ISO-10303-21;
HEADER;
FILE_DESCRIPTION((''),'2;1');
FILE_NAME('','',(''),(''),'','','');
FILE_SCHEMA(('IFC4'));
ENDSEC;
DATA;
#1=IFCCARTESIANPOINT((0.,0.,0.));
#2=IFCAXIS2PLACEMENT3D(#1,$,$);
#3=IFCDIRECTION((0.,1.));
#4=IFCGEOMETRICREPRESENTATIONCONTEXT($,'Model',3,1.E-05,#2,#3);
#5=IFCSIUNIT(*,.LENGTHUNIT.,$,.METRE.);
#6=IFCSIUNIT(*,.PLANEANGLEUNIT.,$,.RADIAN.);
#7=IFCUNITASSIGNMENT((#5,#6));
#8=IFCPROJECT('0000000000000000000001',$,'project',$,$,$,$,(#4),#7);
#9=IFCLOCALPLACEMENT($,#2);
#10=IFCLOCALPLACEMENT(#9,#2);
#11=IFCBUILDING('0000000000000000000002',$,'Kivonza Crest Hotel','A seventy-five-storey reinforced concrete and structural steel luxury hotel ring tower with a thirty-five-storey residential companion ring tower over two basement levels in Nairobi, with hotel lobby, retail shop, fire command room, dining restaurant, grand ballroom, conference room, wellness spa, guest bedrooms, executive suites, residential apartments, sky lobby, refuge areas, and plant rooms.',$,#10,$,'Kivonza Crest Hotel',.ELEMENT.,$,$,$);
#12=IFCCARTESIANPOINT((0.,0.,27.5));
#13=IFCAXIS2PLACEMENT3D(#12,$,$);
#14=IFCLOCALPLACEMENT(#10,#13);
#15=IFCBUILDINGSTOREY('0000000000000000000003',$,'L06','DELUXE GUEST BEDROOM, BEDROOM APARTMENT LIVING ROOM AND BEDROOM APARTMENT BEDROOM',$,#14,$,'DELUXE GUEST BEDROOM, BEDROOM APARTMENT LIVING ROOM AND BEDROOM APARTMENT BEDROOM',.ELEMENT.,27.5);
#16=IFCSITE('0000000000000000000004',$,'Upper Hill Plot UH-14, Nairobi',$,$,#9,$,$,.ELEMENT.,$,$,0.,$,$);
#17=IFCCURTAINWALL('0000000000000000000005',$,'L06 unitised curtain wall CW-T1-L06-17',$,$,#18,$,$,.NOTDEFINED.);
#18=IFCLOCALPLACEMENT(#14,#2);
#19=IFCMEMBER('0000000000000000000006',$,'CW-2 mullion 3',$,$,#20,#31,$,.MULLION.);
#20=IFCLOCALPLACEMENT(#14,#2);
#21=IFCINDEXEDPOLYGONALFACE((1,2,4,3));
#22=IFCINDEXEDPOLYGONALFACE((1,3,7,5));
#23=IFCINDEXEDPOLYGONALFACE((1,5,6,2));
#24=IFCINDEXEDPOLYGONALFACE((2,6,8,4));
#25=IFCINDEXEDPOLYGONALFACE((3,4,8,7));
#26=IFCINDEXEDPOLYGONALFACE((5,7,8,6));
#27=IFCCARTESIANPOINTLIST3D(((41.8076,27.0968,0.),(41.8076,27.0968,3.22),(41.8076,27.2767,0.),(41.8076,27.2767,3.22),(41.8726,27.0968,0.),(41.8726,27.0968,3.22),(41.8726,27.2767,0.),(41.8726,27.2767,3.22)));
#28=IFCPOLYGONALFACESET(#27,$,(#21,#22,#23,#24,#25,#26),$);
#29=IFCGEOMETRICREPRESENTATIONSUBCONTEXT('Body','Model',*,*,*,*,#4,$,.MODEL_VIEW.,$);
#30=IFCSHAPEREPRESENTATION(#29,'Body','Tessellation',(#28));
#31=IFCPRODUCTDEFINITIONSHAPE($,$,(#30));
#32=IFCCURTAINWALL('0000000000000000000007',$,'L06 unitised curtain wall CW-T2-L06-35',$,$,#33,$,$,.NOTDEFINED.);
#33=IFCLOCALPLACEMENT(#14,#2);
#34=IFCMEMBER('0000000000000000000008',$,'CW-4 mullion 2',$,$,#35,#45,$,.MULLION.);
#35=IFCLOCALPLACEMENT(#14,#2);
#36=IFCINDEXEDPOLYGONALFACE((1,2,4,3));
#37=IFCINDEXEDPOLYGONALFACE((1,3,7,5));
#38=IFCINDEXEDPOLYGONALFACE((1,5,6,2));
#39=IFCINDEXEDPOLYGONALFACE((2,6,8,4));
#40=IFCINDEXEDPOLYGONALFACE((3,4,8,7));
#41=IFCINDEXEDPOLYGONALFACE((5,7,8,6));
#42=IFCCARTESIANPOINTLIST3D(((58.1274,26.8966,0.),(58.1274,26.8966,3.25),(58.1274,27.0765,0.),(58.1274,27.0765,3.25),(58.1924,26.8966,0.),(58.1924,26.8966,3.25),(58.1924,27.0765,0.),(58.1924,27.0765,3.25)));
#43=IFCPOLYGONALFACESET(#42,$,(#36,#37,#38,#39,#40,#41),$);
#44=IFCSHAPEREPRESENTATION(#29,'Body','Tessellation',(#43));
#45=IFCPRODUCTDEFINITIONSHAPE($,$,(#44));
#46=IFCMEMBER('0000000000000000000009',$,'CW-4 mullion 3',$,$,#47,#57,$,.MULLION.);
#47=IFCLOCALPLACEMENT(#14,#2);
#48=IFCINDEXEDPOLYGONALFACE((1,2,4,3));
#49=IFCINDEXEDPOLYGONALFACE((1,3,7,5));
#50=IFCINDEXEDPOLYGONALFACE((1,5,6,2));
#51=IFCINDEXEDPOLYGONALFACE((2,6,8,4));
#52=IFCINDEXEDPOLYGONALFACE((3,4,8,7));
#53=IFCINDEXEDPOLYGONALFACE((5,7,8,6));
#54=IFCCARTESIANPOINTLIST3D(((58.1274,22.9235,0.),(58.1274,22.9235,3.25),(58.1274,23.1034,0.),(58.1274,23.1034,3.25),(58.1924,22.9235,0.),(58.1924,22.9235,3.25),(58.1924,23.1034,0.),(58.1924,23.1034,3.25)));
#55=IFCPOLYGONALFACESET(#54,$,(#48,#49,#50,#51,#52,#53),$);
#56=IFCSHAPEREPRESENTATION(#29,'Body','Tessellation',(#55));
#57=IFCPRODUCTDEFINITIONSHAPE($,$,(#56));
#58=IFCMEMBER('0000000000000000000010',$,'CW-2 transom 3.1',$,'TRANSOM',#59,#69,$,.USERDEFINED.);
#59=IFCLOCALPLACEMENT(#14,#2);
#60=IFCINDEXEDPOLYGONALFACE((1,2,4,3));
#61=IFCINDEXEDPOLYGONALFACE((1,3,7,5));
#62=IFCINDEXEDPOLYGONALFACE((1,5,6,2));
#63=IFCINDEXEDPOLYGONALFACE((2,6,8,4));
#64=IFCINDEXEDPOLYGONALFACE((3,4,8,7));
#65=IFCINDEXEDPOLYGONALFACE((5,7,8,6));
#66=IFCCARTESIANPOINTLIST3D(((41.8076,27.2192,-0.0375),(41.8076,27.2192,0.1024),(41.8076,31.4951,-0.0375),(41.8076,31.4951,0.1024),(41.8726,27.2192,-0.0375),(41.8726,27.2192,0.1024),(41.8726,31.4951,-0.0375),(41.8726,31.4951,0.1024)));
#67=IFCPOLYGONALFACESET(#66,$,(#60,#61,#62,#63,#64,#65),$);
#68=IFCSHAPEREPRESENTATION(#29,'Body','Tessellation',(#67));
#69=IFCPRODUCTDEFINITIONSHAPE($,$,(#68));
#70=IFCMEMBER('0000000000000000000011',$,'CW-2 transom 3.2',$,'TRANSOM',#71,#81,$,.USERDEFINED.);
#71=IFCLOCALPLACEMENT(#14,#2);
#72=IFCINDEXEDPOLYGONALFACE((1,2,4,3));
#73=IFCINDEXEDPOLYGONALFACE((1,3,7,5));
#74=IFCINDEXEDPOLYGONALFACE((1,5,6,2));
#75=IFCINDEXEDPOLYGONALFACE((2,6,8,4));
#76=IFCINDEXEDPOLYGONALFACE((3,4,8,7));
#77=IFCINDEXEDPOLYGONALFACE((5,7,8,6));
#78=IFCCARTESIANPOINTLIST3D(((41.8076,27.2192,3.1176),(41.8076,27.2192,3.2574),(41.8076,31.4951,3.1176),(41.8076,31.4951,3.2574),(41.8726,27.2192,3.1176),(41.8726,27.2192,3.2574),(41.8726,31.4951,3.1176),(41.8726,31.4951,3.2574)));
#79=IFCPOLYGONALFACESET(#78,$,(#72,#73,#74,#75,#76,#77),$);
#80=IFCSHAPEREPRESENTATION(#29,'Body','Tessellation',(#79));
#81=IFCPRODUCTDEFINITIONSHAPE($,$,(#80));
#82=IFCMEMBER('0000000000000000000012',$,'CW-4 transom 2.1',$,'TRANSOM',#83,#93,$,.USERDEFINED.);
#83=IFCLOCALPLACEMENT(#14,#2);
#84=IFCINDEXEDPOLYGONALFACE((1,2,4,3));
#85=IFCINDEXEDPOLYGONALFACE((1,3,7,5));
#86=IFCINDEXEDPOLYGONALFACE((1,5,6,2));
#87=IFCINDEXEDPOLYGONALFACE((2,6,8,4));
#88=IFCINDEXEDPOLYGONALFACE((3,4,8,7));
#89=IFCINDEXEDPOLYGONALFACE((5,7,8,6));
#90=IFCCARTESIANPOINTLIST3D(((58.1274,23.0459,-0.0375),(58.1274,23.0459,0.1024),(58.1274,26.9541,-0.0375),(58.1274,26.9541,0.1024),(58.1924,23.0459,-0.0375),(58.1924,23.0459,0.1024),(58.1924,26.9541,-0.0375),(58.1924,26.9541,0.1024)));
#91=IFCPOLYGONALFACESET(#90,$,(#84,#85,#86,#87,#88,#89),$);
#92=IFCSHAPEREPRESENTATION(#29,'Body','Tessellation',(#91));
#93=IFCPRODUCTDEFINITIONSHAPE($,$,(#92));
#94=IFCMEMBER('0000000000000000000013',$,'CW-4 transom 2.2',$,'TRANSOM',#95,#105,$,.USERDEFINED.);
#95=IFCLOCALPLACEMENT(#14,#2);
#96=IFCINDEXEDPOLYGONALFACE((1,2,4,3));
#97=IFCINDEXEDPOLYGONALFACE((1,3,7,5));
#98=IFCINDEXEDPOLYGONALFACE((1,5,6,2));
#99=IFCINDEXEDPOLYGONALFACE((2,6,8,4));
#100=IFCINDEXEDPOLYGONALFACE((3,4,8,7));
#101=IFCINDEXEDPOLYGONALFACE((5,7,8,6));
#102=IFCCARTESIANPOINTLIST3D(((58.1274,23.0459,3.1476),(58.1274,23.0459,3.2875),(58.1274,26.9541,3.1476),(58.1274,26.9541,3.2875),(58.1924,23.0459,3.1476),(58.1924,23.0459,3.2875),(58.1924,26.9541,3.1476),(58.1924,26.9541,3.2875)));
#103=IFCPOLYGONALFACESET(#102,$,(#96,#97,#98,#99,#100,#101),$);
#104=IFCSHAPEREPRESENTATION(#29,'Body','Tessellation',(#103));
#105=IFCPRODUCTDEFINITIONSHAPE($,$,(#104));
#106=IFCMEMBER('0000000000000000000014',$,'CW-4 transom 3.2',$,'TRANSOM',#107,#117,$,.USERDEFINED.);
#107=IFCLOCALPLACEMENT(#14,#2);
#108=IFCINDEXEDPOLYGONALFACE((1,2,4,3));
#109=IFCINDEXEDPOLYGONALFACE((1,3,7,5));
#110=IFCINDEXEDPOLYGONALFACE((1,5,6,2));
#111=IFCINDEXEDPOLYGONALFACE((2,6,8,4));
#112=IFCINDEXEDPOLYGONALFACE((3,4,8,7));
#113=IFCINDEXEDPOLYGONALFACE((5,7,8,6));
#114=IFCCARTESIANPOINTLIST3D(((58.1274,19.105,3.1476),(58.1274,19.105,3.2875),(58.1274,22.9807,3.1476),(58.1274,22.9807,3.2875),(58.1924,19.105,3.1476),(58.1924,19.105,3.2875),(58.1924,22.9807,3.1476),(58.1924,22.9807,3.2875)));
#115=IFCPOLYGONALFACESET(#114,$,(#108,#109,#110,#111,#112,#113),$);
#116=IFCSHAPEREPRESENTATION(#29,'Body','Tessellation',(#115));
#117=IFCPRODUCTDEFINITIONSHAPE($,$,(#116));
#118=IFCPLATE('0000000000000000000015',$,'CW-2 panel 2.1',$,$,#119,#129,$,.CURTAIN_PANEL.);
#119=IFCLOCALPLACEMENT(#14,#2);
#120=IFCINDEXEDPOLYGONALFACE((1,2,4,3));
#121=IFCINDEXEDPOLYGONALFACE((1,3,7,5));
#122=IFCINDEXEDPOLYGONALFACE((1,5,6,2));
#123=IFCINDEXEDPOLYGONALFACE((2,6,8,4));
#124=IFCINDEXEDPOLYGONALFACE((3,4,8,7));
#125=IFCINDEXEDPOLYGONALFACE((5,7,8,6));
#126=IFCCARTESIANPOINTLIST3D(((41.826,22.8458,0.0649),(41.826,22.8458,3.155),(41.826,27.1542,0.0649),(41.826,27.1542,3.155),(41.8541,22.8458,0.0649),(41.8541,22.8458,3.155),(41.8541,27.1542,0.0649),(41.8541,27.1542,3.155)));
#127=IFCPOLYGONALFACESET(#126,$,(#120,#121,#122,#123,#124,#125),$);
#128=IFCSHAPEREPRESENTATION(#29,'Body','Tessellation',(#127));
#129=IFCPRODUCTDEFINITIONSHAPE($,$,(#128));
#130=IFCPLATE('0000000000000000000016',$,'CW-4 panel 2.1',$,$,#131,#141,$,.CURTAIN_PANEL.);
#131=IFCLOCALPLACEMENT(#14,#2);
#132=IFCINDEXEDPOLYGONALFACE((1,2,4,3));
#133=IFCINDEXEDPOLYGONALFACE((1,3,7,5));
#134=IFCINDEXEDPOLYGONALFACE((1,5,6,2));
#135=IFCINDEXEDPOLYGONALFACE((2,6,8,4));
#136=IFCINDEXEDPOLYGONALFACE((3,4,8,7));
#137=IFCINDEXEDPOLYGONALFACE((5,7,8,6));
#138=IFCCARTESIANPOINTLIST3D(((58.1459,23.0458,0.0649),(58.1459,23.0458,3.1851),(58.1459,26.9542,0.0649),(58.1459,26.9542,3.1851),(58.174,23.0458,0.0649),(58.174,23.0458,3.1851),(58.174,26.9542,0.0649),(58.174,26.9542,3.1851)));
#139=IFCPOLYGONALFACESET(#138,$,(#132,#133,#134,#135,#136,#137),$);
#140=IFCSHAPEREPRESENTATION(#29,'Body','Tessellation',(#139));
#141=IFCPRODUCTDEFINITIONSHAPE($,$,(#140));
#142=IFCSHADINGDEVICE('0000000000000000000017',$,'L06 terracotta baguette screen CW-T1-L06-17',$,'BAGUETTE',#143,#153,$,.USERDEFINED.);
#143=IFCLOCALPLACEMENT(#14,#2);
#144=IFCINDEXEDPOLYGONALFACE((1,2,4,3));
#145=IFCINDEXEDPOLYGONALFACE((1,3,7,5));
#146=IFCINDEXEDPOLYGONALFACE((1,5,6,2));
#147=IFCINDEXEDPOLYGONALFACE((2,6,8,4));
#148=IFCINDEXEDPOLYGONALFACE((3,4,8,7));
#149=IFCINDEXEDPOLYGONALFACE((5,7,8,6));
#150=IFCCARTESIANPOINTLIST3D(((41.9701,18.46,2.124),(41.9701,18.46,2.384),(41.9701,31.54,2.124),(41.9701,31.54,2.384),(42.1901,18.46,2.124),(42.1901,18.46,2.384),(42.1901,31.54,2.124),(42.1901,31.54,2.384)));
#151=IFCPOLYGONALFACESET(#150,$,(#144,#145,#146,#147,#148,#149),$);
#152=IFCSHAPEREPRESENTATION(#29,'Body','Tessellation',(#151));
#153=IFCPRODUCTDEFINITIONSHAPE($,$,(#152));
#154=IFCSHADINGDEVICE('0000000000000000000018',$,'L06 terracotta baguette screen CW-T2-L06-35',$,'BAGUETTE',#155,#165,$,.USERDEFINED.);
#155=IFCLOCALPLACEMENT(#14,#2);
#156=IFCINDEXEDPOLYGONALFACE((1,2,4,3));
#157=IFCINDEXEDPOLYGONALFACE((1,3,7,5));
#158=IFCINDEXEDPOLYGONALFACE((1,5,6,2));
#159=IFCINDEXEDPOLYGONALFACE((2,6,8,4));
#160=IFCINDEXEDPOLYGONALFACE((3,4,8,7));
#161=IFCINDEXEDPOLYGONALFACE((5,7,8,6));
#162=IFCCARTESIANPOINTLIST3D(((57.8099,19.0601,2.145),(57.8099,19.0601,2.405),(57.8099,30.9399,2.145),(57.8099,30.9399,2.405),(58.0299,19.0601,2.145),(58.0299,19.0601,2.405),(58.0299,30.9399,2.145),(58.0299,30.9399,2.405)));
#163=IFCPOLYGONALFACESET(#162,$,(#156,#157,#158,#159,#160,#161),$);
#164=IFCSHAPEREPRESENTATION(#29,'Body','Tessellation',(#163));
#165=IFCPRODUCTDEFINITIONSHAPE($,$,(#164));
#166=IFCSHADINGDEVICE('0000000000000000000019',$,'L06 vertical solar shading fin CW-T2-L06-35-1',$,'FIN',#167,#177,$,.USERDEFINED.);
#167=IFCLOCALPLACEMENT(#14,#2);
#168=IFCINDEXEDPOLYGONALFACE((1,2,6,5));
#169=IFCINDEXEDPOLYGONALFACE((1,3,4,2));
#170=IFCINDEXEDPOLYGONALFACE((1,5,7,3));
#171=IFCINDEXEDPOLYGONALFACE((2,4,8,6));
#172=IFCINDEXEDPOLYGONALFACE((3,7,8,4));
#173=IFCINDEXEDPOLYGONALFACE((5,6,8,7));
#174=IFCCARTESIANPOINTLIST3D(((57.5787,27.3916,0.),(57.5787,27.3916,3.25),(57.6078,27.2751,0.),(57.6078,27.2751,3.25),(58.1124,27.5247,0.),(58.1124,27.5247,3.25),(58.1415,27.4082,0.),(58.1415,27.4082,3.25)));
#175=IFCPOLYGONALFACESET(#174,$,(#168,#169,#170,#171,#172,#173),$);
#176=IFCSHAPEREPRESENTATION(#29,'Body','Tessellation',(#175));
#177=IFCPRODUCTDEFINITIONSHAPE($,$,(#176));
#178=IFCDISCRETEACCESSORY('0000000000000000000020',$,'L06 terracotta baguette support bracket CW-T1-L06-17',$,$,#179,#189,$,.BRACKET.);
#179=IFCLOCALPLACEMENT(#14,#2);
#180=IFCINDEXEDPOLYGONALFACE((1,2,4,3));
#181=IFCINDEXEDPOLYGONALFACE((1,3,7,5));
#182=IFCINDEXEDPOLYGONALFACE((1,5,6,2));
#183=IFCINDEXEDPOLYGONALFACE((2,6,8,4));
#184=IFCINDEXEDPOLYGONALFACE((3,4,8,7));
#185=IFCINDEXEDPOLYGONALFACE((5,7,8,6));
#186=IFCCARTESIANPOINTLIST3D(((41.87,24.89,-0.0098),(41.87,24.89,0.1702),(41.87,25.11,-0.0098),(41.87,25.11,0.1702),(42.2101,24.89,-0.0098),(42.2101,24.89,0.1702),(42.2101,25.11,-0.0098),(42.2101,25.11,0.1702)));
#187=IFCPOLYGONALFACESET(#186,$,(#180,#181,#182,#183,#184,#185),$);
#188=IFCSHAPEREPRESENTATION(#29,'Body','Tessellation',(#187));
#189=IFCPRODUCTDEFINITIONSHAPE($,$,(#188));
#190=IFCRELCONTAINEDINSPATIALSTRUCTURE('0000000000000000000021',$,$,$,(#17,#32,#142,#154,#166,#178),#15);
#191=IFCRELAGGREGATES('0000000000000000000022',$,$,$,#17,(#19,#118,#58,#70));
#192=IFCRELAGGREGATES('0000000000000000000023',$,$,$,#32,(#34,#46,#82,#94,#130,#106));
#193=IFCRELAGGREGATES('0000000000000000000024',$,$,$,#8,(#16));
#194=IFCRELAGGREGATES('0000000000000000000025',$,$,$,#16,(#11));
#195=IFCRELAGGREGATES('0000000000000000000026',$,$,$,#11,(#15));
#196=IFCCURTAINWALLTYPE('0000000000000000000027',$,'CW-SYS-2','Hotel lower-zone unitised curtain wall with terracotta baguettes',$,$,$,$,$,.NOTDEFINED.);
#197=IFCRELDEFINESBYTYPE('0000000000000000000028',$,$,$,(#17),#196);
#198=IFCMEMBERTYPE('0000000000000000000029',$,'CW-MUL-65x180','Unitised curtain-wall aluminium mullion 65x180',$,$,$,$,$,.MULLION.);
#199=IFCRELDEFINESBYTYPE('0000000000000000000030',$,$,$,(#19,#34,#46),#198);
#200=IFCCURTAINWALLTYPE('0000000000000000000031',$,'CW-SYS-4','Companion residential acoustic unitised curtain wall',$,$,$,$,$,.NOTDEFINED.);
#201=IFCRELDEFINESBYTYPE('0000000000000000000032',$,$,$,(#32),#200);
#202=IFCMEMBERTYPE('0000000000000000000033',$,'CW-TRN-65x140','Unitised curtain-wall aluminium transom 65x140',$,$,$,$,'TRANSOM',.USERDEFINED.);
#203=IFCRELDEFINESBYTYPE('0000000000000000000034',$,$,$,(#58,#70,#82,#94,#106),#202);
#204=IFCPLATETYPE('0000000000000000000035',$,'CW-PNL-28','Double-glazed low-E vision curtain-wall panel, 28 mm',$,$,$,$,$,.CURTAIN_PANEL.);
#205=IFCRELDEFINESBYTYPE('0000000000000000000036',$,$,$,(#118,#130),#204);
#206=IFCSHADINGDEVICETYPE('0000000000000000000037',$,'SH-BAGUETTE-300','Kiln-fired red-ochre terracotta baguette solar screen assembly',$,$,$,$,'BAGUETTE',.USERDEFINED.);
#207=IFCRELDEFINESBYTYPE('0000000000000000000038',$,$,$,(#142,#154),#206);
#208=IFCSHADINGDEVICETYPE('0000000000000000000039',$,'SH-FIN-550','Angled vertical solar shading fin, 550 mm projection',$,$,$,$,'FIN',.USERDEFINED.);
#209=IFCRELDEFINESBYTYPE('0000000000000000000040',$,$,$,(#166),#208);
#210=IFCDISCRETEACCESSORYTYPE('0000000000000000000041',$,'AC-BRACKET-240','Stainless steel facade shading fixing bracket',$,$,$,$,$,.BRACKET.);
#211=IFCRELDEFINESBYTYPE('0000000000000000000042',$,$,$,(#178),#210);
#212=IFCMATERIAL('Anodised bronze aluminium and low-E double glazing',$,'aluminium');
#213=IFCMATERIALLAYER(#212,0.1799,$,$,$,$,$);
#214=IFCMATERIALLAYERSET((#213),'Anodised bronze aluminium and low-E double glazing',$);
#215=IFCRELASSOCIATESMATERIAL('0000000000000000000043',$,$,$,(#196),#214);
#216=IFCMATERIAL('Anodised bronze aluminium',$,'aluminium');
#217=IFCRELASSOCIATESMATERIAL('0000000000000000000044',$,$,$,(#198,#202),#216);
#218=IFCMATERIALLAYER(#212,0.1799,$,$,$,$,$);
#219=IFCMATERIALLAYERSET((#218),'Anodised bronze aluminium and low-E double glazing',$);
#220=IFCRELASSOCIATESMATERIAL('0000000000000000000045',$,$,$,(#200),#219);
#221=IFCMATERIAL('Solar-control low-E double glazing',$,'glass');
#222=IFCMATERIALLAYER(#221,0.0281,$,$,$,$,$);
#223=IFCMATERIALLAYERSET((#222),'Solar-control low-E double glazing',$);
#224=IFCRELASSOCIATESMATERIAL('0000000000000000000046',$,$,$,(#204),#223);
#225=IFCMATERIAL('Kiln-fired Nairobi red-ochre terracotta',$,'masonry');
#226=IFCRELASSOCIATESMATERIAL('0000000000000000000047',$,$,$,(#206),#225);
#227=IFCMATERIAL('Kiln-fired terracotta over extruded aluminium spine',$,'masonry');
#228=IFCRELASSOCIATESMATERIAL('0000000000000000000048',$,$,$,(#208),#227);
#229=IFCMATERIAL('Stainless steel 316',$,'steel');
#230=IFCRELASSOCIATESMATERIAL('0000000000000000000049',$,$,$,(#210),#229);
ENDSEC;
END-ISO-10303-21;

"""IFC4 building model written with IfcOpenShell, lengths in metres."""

from ifc_helpers import new_model, si_unit, direction, frame, origin, origin_2d, place, context, subcontext, project, spatial, rectangle, extrude, material, layer, layer_set, material_profile, profile_set, type_object, element, aggregate, save


model = new_model("IFC4")

# Units and contexts
model_context = context("Model", 3, precision=1e-05, world=origin(), true_north=direction((0.0, 1.0)))
body_context = subcontext(model_context, "Body", "Model", "MODEL_VIEW")
ifc_project = project(units=[si_unit("LENGTHUNIT", "METRE"), si_unit("PLANEANGLEUNIT", "RADIAN")], contexts=[model_context])

# Site, building, storey
site_placement = place(None, origin())
site = spatial("IfcSite", under=ifc_project, at=site_placement, Name="Upper Hill Plot UH-14, Nairobi", CompositionType="ELEMENT", RefElevation=0.0)
building_placement = place(site_placement, origin())
building = spatial("IfcBuilding", under=site, at=building_placement, Name="Kivonza Crest Hotel", Description="A seventy-five-storey reinforced concrete and structural steel luxury hotel ring tower with a thirty-five-storey residential companion ring tower over two basement levels in Nairobi, with hotel lobby, retail shop, fire command room, dining restaurant, grand ballroom, conference room, wellness spa, guest bedrooms, executive suites, residential apartments, sky lobby, refuge areas, and plant rooms.", LongName="Kivonza Crest Hotel", CompositionType="ELEMENT")
storey_placement = place(building_placement, frame((0.0, 0.0, 27.5)))
storey = spatial("IfcBuildingStorey", under=building, at=storey_placement, Name="L06", Description="DELUXE GUEST BEDROOM, BEDROOM APARTMENT LIVING ROOM AND BEDROOM APARTMENT BEDROOM", LongName="DELUXE GUEST BEDROOM, BEDROOM APARTMENT LIVING ROOM AND BEDROOM APARTMENT BEDROOM", CompositionType="ELEMENT", Elevation=27.5)

# Curtain wall, member
ifc_material_1 = material(Name="Anodised bronze aluminium and low-E double glazing", Category="aluminium")
ifc_layer_1 = layer(ifc_material_1, 0.1799)
ifc_layer_set_1 = layer_set([ifc_layer_1], Name="Anodised bronze aluminium and low-E double glazing")
curtain_wall_type_1 = type_object("IfcCurtainWallType", Name="CW-SYS-2", Description="Hotel lower-zone unitised curtain wall with terracotta baguettes", PredefinedType="NOTDEFINED", material=ifc_layer_set_1)
curtain_wall_1_placement = place(storey_placement, origin())
curtain_wall_1 = element("IfcCurtainWall", 1, at=curtain_wall_1_placement, inside=storey, type_object=curtain_wall_type_1, Name="L06 unitised curtain wall CW-T1-L06-17", PredefinedType="NOTDEFINED")
ifc_material_2 = material(Name="Anodised bronze aluminium", Category="aluminium")
ifc_material_profile_1 = material_profile(ifc_material_2, rectangle(XDim=0.0649, YDim=0.1799, at=origin_2d()), Name="CW-M 65x180")
ifc_profile_set_1 = profile_set([ifc_material_profile_1], Name="Anodised bronze aluminium")
member_type_1 = type_object("IfcMemberType", Name="CW-MUL-65x180", Description="Unitised curtain-wall aluminium mullion 65x180", PredefinedType="MULLION", material=ifc_profile_set_1)
member_1_placement = place(storey_placement, frame((41.8401, 27.1868, 0.0), z_axis=(0.0, 0.0, 1.0), x_axis=(-1.0, 0.0, 0.0)))
member_1 = element("IfcMember", 2, at=member_1_placement, type_object=member_type_1, Name="CW-2 mullion 3", PredefinedType="MULLION", context=body_context, shape_type="SweptSolid", body=[
    extrude(rectangle(XDim=0.0649, YDim=0.1799, at=origin_2d()), origin(), (0.0, 0.0, 1.0), 3.22),
])

# Curtain wall, members
ifc_layer_2 = layer(ifc_material_1, 0.1799)
ifc_layer_set_2 = layer_set([ifc_layer_2], Name="Anodised bronze aluminium and low-E double glazing")
curtain_wall_type_2 = type_object("IfcCurtainWallType", Name="CW-SYS-4", Description="Companion residential acoustic unitised curtain wall", PredefinedType="NOTDEFINED", material=ifc_layer_set_2)
curtain_wall_2_placement = place(storey_placement, origin())
curtain_wall_2 = element("IfcCurtainWall", 3, at=curtain_wall_2_placement, inside=storey, type_object=curtain_wall_type_2, Name="L06 unitised curtain wall CW-T2-L06-35", PredefinedType="NOTDEFINED")
member_2_placement = place(storey_placement, frame((58.1599, 26.9866, 0.0), z_axis=(0.0, 0.0, 1.0), x_axis=(1.0, 0.0, 0.0)))
member_2 = element("IfcMember", 4, at=member_2_placement, type_object=member_type_1, Name="CW-4 mullion 2", PredefinedType="MULLION", context=body_context, shape_type="SweptSolid", body=[
    extrude(rectangle(XDim=0.0649, YDim=0.1799, at=origin_2d()), origin(), (0.0, 0.0, 1.0), 3.25),
])
member_3_placement = place(storey_placement, frame((58.1599, 23.0134, 0.0), z_axis=(0.0, 0.0, 1.0), x_axis=(1.0, 0.0, 0.0)))
member_3 = element("IfcMember", 5, at=member_3_placement, type_object=member_type_1, Name="CW-4 mullion 3", PredefinedType="MULLION", context=body_context, shape_type="SweptSolid", body=[
    extrude(rectangle(XDim=0.0649, YDim=0.1799, at=origin_2d()), origin(), (0.0, 0.0, 1.0), 3.25),
])

# Members
ifc_material_profile_2 = material_profile(ifc_material_2, rectangle(XDim=0.0649, YDim=0.1399, at=origin_2d()), Name="CW-T 65x140")
ifc_profile_set_2 = profile_set([ifc_material_profile_2], Name="Anodised bronze aluminium")
member_type_2 = type_object("IfcMemberType", Name="CW-TRN-65x140", Description="Unitised curtain-wall aluminium transom 65x140", ElementType="TRANSOM", PredefinedType="USERDEFINED", material=ifc_profile_set_2)
member_4_placement = place(storey_placement, frame((41.8401, 27.2192, 0.0325), z_axis=(0.0, 1.0, 0.0), x_axis=(-1.0, 0.0, 0.0)))
member_4 = element("IfcMember", 6, at=member_4_placement, type_object=member_type_2, Name="CW-2 transom 3.1", ObjectType="TRANSOM", PredefinedType="USERDEFINED", context=body_context, shape_type="SweptSolid", body=[
    extrude(rectangle(XDim=0.0649, YDim=0.1399, at=origin_2d()), origin(), (0.0, 0.0, 1.0), 4.2759),
])
member_5_placement = place(storey_placement, frame((41.8401, 27.2192, 3.1875), z_axis=(0.0, 1.0, 0.0), x_axis=(-1.0, 0.0, 0.0)))
member_5 = element("IfcMember", 7, at=member_5_placement, type_object=member_type_2, Name="CW-2 transom 3.2", ObjectType="TRANSOM", PredefinedType="USERDEFINED", context=body_context, shape_type="SweptSolid", body=[
    extrude(rectangle(XDim=0.0649, YDim=0.1399, at=origin_2d()), origin(), (0.0, 0.0, 1.0), 4.2759),
])
member_6_placement = place(storey_placement, frame((58.1599, 26.9541, 0.0325), z_axis=(0.0, -1.0, 0.0), x_axis=(1.0, 0.0, 0.0)))
member_6 = element("IfcMember", 8, at=member_6_placement, type_object=member_type_2, Name="CW-4 transom 2.1", ObjectType="TRANSOM", PredefinedType="USERDEFINED", context=body_context, shape_type="SweptSolid", body=[
    extrude(rectangle(XDim=0.0649, YDim=0.1399, at=origin_2d()), origin(), (0.0, 0.0, 1.0), 3.9082),
])
member_7_placement = place(storey_placement, frame((58.1599, 26.9541, 3.2175), z_axis=(0.0, -1.0, 0.0), x_axis=(1.0, 0.0, 0.0)))
member_7 = element("IfcMember", 9, at=member_7_placement, type_object=member_type_2, Name="CW-4 transom 2.2", ObjectType="TRANSOM", PredefinedType="USERDEFINED", context=body_context, shape_type="SweptSolid", body=[
    extrude(rectangle(XDim=0.0649, YDim=0.1399, at=origin_2d()), origin(), (0.0, 0.0, 1.0), 3.9082),
])
member_8_placement = place(storey_placement, frame((58.1599, 22.9807, 3.2175), z_axis=(0.0, -1.0, 0.0), x_axis=(1.0, 0.0, 0.0)))
member_8 = element("IfcMember", 10, at=member_8_placement, type_object=member_type_2, Name="CW-4 transom 3.2", ObjectType="TRANSOM", PredefinedType="USERDEFINED", context=body_context, shape_type="SweptSolid", body=[
    extrude(rectangle(XDim=0.0649, YDim=0.1399, at=origin_2d()), origin(), (0.0, 0.0, 1.0), 3.8757),
])

# Plates
ifc_material_3 = material(Name="Solar-control low-E double glazing", Category="glass")
ifc_layer_3 = layer(ifc_material_3, 0.0281)
ifc_layer_set_3 = layer_set([ifc_layer_3], Name="Solar-control low-E double glazing")
plate_type = type_object("IfcPlateType", Name="CW-PNL-28", Description="Double-glazed low-E vision curtain-wall panel, 28 mm", PredefinedType="CURTAIN_PANEL", material=ifc_layer_set_3)
plate_1_placement = place(storey_placement, frame((41.8401, 25.0, 0.0649), z_axis=(0.0, 0.0, 1.0), x_axis=(0.0, 1.0, 0.0)))
plate_1 = element("IfcPlate", 11, at=plate_1_placement, type_object=plate_type, Name="CW-2 panel 2.1", PredefinedType="CURTAIN_PANEL", context=body_context, shape_type="SweptSolid", body=[
    extrude(rectangle(XDim=4.3083, YDim=0.0281, at=origin_2d()), origin(), (0.0, 0.0, 1.0), 3.0901),
])
aggregate(curtain_wall_1, [member_1, plate_1, member_4, member_5])
plate_2_placement = place(storey_placement, frame((58.1599, 25.0, 0.0649), z_axis=(0.0, 0.0, 1.0), x_axis=(0.0, -1.0, 0.0)))
plate_2 = element("IfcPlate", 12, at=plate_2_placement, type_object=plate_type, Name="CW-4 panel 2.1", PredefinedType="CURTAIN_PANEL", context=body_context, shape_type="SweptSolid", body=[
    extrude(rectangle(XDim=3.9084, YDim=0.0281, at=origin_2d()), origin(), (0.0, 0.0, 1.0), 3.1201),
])
aggregate(curtain_wall_2, [member_2, member_3, member_6, member_7, plate_2, member_8])

# Shading devices
ifc_material_4 = material(Name="Kiln-fired Nairobi red-ochre terracotta", Category="masonry")
shading_device_type_1 = type_object("IfcShadingDeviceType", Name="SH-BAGUETTE-300", Description="Kiln-fired red-ochre terracotta baguette solar screen assembly", ElementType="BAGUETTE", PredefinedType="USERDEFINED", material=ifc_material_4)
shading_device_1_placement = place(storey_placement, frame((42.0801, 25.0, 2.124), z_axis=(0.0, 0.0, 1.0), x_axis=(0.0, 1.0, 0.0)))
element("IfcShadingDevice", 13, at=shading_device_1_placement, inside=storey, type_object=shading_device_type_1, Name="L06 terracotta baguette screen CW-T1-L06-17", ObjectType="BAGUETTE", PredefinedType="USERDEFINED", context=body_context, shape_type="SweptSolid", body=[
    extrude(rectangle(XDim=13.0801, YDim=0.22, at=origin_2d()), origin(), (0.0, 0.0, 1.0), 0.26),
])
shading_device_2_placement = place(storey_placement, frame((57.9199, 25.0, 2.145), z_axis=(0.0, 0.0, 1.0), x_axis=(0.0, -1.0, 0.0)))
element("IfcShadingDevice", 14, at=shading_device_2_placement, inside=storey, type_object=shading_device_type_1, Name="L06 terracotta baguette screen CW-T2-L06-35", ObjectType="BAGUETTE", PredefinedType="USERDEFINED", context=body_context, shape_type="SweptSolid", body=[
    extrude(rectangle(XDim=11.8799, YDim=0.22, at=origin_2d()), origin(), (0.0, 0.0, 1.0), 0.26),
])
ifc_material_5 = material(Name="Kiln-fired terracotta over extruded aluminium spine", Category="masonry")
shading_device_type_2 = type_object("IfcShadingDeviceType", Name="SH-FIN-550", Description="Angled vertical solar shading fin, 550 mm projection", ElementType="FIN", PredefinedType="USERDEFINED", material=ifc_material_5)
shading_device_3_placement = place(storey_placement, frame((57.8601, 27.3999, 0.0), z_axis=(0.0, 0.0, 1.0), x_axis=(0.241922, -0.970296, 0.0)))
element("IfcShadingDevice", 15, at=shading_device_3_placement, inside=storey, type_object=shading_device_type_2, Name="L06 vertical solar shading fin CW-T2-L06-35-1", ObjectType="FIN", PredefinedType="USERDEFINED", context=body_context, shape_type="SweptSolid", body=[
    extrude(rectangle(XDim=0.1201, YDim=0.55, at=origin_2d()), origin(), (0.0, 0.0, 1.0), 3.25),
])

# Discrete accessory
ifc_material_6 = material(Name="Stainless steel 316", Category="steel")
discrete_accessory_type = type_object("IfcDiscreteAccessoryType", Name="AC-BRACKET-240", Description="Stainless steel facade shading fixing bracket", PredefinedType="BRACKET", material=ifc_material_6)
for number, where, z_axis, x_axis, name in (
    (16, (42.04, 25.0, -0.0098), (0.0, 0.0, 1.0), (0.0, 1.0, 0.0), "L06 terracotta baguette support bracket CW-T1-L06-17"),
):
    element("IfcDiscreteAccessory", number, at=place(storey_placement, frame(where, z_axis=z_axis, x_axis=x_axis)), inside=storey, type_object=discrete_accessory_type, Name=name, PredefinedType="BRACKET", context=body_context, shape_type="SweptSolid", body=[
        extrude(rectangle(XDim=0.22, YDim=0.3401, at=origin_2d()), origin(), (0.0, 0.0, 1.0), 0.1799),
    ])

save(model, "model.ifc")
